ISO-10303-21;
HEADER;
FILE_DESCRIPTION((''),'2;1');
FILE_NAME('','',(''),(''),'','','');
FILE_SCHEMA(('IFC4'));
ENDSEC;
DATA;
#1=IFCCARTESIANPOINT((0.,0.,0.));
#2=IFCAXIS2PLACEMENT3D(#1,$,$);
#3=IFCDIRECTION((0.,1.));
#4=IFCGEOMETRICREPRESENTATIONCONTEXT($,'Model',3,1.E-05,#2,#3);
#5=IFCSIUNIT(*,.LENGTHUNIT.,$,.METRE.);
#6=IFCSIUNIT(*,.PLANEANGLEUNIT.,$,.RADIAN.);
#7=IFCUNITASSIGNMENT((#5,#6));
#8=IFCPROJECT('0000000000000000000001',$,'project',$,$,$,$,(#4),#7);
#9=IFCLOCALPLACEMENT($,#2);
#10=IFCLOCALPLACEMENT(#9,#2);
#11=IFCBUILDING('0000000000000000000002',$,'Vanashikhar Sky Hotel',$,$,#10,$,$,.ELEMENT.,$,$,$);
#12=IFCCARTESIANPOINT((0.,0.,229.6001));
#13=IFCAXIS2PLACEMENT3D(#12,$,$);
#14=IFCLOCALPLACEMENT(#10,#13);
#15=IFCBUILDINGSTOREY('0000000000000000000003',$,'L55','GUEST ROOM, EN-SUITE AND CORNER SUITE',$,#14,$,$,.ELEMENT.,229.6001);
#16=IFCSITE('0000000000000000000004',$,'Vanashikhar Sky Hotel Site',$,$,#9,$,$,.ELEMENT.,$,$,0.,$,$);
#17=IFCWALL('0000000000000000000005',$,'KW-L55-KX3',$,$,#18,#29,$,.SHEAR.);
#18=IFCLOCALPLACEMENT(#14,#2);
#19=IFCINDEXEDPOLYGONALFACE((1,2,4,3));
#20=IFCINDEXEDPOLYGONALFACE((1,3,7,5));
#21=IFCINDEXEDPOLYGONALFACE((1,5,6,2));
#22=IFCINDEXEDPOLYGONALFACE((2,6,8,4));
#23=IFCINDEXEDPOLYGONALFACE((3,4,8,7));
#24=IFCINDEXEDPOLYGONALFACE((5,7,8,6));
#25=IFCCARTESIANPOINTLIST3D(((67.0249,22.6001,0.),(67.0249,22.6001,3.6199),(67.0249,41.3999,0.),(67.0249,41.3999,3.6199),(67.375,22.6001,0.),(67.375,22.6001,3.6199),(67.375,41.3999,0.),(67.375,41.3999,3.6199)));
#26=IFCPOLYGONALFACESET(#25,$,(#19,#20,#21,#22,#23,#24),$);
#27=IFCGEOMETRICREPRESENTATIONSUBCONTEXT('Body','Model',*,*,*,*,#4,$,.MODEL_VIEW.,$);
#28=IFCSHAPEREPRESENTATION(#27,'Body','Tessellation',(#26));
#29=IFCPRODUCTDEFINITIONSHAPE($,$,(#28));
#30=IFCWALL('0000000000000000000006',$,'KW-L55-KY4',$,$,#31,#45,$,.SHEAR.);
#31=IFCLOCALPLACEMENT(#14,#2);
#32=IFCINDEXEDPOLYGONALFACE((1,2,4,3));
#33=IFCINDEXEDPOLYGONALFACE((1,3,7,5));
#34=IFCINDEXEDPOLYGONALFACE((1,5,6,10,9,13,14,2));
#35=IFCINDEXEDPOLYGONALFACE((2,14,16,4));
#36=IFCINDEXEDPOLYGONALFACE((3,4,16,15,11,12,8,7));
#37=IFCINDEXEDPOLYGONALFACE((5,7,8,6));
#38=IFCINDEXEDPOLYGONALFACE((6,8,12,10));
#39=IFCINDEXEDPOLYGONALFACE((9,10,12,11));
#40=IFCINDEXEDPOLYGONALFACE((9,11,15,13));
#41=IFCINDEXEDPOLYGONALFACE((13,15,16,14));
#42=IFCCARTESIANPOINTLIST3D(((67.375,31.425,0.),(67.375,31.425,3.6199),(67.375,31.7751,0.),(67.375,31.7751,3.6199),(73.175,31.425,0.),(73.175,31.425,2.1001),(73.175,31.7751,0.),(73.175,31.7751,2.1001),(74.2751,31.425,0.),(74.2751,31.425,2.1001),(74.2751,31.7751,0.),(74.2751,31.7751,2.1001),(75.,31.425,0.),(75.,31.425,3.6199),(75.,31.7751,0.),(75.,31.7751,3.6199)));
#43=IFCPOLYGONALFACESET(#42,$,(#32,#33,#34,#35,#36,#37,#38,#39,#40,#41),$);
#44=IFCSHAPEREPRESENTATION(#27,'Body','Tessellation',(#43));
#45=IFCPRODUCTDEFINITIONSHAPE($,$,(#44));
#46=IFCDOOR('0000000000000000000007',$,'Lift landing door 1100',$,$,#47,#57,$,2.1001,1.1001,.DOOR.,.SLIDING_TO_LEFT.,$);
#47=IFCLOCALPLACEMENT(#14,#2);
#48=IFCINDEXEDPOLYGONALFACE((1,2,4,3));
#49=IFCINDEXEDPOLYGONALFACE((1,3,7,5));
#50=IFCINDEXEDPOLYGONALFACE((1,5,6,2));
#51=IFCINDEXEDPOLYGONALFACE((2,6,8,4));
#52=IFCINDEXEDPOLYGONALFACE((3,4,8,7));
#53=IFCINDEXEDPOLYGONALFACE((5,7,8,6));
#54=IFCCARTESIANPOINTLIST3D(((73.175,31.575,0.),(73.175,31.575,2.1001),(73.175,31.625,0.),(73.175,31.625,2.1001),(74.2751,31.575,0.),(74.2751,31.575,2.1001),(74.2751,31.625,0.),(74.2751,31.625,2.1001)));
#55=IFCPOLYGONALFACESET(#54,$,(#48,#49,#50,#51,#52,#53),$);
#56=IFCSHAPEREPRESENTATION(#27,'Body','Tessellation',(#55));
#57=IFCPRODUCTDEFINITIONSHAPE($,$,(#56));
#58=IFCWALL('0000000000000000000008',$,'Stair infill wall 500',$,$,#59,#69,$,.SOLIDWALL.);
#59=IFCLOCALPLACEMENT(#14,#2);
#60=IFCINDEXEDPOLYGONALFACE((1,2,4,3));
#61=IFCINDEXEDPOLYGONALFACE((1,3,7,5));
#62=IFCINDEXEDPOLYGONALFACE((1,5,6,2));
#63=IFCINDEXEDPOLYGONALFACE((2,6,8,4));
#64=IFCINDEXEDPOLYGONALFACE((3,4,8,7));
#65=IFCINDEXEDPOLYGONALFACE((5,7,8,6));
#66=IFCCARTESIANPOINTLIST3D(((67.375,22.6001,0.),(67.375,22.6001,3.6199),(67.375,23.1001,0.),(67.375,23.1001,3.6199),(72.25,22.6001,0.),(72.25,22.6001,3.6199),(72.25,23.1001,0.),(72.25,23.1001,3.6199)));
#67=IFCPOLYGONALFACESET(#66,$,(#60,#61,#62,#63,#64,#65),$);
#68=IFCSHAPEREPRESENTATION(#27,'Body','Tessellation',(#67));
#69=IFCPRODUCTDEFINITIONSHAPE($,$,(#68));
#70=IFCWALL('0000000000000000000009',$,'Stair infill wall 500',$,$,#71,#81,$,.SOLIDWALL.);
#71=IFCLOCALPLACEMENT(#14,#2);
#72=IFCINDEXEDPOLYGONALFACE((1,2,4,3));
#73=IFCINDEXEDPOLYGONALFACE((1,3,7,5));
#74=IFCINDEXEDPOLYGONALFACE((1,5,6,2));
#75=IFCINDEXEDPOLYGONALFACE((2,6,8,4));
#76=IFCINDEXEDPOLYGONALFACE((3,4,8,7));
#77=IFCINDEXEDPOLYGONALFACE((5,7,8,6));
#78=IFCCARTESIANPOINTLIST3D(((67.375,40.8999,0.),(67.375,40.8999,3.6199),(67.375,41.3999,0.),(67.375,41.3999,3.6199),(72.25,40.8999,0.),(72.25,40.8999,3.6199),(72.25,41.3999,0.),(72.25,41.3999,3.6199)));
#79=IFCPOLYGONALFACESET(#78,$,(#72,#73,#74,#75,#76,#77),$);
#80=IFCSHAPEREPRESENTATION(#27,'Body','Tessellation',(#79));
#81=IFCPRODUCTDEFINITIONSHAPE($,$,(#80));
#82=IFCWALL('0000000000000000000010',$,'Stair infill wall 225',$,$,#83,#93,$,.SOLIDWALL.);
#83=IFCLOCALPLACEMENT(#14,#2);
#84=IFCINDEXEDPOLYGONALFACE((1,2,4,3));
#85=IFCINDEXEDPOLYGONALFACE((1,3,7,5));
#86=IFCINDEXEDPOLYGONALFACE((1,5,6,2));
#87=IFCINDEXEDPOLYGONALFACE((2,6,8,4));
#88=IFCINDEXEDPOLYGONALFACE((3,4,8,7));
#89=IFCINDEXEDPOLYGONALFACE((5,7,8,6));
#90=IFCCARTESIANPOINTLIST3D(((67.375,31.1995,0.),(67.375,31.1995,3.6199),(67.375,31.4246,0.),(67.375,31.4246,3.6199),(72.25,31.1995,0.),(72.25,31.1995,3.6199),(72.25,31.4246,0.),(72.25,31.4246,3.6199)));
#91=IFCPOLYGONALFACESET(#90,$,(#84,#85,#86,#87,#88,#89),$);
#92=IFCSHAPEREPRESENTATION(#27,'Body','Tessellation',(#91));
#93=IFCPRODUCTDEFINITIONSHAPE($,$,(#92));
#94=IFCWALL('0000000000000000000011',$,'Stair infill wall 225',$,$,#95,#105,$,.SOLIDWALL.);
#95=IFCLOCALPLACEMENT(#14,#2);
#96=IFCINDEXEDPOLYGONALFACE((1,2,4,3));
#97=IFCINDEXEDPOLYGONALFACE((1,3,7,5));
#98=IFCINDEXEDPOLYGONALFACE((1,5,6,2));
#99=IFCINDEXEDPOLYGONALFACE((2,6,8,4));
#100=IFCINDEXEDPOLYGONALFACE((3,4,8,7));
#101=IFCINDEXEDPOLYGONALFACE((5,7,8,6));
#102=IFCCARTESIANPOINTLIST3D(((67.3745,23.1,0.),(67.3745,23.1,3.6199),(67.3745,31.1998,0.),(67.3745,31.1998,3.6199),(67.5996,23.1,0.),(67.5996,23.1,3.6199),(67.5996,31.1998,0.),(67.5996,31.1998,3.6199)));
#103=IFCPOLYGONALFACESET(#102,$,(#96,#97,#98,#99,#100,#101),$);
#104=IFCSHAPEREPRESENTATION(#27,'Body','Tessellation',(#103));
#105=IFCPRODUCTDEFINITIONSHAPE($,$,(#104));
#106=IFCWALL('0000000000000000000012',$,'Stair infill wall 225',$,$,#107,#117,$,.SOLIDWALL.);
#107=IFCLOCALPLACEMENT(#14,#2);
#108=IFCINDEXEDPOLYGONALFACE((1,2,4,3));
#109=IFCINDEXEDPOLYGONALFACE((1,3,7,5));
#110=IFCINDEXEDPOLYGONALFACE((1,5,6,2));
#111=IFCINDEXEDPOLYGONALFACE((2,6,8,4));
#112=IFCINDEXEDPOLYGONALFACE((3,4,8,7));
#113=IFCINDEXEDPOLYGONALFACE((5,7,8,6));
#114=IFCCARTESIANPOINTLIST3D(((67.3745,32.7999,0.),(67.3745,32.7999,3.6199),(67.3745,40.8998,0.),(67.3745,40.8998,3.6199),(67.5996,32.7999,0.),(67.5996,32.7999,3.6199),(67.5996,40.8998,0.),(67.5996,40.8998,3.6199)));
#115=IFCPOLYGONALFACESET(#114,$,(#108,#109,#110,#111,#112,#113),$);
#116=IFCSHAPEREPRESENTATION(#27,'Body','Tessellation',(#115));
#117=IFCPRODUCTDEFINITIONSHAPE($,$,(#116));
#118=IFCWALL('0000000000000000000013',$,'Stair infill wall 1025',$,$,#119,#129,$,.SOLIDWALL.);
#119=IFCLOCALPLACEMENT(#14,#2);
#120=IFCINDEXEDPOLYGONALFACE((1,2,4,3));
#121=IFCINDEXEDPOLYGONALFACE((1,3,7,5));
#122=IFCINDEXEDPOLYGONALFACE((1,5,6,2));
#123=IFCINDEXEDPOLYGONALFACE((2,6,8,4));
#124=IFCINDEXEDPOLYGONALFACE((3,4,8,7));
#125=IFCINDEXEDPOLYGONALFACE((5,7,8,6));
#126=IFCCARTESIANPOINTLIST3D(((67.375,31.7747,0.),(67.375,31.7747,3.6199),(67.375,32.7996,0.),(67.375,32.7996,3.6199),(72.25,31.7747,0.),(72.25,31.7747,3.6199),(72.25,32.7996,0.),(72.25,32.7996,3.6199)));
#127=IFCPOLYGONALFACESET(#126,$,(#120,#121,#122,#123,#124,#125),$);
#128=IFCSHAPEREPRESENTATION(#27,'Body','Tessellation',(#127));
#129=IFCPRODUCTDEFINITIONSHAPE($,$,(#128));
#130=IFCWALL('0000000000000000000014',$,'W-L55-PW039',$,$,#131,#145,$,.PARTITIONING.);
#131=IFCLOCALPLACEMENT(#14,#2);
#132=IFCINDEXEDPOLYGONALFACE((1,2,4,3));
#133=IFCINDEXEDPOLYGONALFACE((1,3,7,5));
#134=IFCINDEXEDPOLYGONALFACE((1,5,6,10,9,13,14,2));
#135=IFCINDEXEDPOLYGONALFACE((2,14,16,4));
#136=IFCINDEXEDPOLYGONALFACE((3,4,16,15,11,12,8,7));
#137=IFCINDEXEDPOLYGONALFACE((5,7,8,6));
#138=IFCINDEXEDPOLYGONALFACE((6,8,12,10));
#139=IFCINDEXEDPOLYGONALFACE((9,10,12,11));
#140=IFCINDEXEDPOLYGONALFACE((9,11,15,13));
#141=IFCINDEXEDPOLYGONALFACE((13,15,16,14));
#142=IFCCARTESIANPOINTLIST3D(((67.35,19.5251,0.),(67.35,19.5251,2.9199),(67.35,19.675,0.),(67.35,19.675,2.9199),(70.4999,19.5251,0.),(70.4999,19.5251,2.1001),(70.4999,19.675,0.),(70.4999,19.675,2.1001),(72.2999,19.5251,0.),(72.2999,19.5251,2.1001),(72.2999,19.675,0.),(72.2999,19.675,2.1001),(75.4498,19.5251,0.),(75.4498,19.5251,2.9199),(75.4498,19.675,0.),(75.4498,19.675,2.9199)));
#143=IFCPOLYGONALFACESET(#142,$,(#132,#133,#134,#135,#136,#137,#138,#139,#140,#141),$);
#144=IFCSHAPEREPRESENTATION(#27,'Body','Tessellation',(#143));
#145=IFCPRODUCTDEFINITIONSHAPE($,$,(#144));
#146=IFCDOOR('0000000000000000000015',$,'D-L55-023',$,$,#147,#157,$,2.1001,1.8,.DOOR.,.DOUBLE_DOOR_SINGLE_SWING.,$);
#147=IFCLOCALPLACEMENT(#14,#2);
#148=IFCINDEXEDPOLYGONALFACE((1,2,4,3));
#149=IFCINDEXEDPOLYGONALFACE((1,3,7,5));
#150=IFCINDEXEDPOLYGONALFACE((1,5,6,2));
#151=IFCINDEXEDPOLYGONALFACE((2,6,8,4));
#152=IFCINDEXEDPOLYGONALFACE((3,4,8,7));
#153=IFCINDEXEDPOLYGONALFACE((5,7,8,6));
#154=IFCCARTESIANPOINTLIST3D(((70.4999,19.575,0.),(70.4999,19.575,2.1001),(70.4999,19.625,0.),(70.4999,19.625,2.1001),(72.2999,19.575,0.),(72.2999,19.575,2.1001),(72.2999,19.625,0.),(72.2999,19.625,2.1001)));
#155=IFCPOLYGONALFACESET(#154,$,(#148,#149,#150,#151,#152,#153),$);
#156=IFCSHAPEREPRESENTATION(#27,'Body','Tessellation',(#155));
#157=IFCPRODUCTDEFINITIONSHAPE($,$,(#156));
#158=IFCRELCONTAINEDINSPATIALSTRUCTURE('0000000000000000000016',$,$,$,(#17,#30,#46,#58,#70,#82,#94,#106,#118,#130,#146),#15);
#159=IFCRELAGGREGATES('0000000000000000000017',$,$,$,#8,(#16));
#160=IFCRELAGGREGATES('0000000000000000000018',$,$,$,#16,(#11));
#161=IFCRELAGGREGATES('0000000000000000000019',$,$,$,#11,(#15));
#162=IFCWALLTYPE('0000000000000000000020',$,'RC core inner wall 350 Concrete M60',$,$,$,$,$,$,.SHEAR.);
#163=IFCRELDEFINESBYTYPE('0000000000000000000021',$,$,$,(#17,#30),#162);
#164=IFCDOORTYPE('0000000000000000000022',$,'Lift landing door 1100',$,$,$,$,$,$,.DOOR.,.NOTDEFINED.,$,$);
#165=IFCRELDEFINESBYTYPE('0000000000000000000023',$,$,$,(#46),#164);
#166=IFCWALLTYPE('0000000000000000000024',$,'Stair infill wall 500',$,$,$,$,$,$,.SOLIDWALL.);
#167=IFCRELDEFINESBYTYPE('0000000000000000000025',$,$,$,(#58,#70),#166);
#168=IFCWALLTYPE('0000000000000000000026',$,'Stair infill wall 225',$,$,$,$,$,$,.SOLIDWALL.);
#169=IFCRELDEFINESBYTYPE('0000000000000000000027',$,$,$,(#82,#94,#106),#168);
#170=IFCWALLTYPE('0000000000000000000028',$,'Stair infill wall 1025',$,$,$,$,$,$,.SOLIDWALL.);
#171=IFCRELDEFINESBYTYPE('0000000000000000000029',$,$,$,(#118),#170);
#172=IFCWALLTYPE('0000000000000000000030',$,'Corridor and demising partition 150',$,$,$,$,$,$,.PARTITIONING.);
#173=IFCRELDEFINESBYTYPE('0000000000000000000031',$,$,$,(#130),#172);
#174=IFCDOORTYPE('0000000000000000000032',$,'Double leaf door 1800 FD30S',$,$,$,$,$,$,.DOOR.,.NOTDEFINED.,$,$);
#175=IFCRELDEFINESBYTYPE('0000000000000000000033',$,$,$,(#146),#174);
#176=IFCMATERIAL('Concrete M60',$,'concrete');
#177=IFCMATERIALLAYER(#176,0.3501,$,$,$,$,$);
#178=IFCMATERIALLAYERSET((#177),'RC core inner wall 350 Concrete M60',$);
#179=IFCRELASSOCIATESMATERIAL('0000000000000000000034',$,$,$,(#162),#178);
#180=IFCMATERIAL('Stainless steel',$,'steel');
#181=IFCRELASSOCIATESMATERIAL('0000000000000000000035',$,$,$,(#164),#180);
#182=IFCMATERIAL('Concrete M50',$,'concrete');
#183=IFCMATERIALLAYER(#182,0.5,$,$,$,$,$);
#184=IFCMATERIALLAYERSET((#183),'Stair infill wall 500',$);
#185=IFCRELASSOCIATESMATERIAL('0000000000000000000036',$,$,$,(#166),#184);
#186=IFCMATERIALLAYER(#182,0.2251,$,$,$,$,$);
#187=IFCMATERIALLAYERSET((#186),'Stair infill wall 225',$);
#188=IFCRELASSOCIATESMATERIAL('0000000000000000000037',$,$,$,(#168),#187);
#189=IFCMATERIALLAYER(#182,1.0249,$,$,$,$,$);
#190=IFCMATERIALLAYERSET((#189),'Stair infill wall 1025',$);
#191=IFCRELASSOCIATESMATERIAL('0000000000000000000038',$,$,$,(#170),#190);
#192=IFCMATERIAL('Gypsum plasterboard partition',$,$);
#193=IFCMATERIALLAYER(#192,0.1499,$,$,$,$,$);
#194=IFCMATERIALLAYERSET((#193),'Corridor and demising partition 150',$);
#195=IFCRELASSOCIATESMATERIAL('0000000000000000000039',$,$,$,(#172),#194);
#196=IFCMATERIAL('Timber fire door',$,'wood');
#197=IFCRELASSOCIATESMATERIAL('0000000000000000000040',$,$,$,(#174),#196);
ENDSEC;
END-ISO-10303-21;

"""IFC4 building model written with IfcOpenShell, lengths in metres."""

from ifc_helpers import new_model, si_unit, direction, frame, frame_2d, origin, place, context, subcontext, project, spatial, rectangle, extrude, source, transform, mapped, material, layer, layer_set, type_object, element, fill, save


model = new_model("IFC4")

# Units and contexts
model_context = context("Model", 3, precision=1e-05, world=origin(), true_north=direction((0.0, 1.0)))
body_context = subcontext(model_context, "Body", "Model", "MODEL_VIEW")
ifc_project = project(units=[si_unit("LENGTHUNIT", "METRE"), si_unit("PLANEANGLEUNIT", "RADIAN")], contexts=[model_context])

# Site, building, storey
site_placement = place(None, origin())
site = spatial("IfcSite", under=ifc_project, at=site_placement, Name="Vanashikhar Sky Hotel Site", CompositionType="ELEMENT", RefElevation=0.0)
building_placement = place(site_placement, origin())
building = spatial("IfcBuilding", under=site, at=building_placement, Name="Vanashikhar Sky Hotel", CompositionType="ELEMENT")
storey_placement = place(building_placement, frame((0.0, 0.0, 229.6001)))
storey = spatial("IfcBuildingStorey", under=building, at=storey_placement, Name="L55", Description="GUEST ROOM, EN-SUITE AND CORNER SUITE", CompositionType="ELEMENT", Elevation=229.6001)

# Wall
ifc_material_1 = material(Name="Concrete M60", Category="concrete")
ifc_layer_1 = layer(ifc_material_1, 0.3501)
ifc_layer_set_1 = layer_set([ifc_layer_1], Name="RC core inner wall 350 Concrete M60")
wall_type_1 = type_object("IfcWallType", Name="RC core inner wall 350 Concrete M60", PredefinedType="SHEAR", material=ifc_layer_set_1)
shared_shape_1 = source(origin(), body_context, "Body", "SweptSolid", [
    extrude(rectangle(XDim=18.7998, YDim=0.3501, at=frame_2d((9.3999, 0.0))), origin(), (0.0, 0.0, 1.0), 3.6199),
])
wall_1_placement = place(storey_placement, frame((67.2, 22.6001, 0.0), z_axis=(0.0, 0.0, 1.0), x_axis=(0.0, 1.0, 0.0)))
element("IfcWall", 1, at=wall_1_placement, inside=storey, type_object=wall_type_1, Name="KW-L55-KX3", PredefinedType="SHEAR", context=body_context, shape_type="MappedRepresentation", body=[
    mapped(shared_shape_1, transform((0.0, 0.0, 0.0), scale=1.0)),
])

# Wall, opening, door
shared_shape_2 = source(origin(), body_context, "Body", "SweptSolid", [
    extrude(rectangle(XDim=7.625, YDim=0.3501, at=frame_2d((3.8125, 0.0))), origin(), (0.0, 0.0, 1.0), 3.6199),
])
wall_2_placement = place(storey_placement, frame((67.375, 31.6001, 0.0), z_axis=(0.0, 0.0, 1.0), x_axis=(1.0, 0.0, 0.0)))
wall_2 = element("IfcWall", 2, at=wall_2_placement, inside=storey, type_object=wall_type_1, Name="KW-L55-KY4", PredefinedType="SHEAR", context=body_context, shape_type="MappedRepresentation", body=[
    mapped(shared_shape_2, transform((0.0, 0.0, 0.0), scale=1.0)),
])
shared_shape_3 = source(origin(), body_context, "Body", "SweptSolid", [
    extrude(rectangle(XDim=1.1001, YDim=2.1001, at=frame_2d((0.55, 1.05))), frame((0.0, 0.1851, 0.0), z_axis=(0.0, -1.0, 0.0), x_axis=(1.0, 0.0, 0.0)), (0.0, 0.0, 1.0), 0.3701),
])
opening_1_placement = place(wall_2_placement, frame((5.8, 0.0, 0.0)))
opening_1 = element("IfcOpeningElement", 3, at=opening_1_placement, cuts=wall_2, PredefinedType="OPENING", context=body_context, shape_type="MappedRepresentation", body=[
    mapped(shared_shape_3, transform((0.0, 0.0, 0.0), scale=1.0)),
])
ifc_material_2 = material(Name="Stainless steel", Category="steel")
door_type_1 = type_object("IfcDoorType", Name="Lift landing door 1100", OperationType="NOTDEFINED", PredefinedType="DOOR", material=ifc_material_2)
shared_shape_4 = source(origin(), body_context, "Body", "SweptSolid", [
    extrude(rectangle(XDim=1.1001, YDim=2.1001, at=frame_2d((0.55, 1.05))), frame((0.0, 0.0249, 0.0), z_axis=(0.0, -1.0, 0.0), x_axis=(1.0, 0.0, 0.0)), (0.0, 0.0, 1.0), 0.05),
])
door_1_placement = place(opening_1_placement, origin())
door_1 = element("IfcDoor", 4, at=door_1_placement, inside=storey, type_object=door_type_1, Name="Lift landing door 1100", OperationType="SLIDING_TO_LEFT", OverallHeight=2.1001, OverallWidth=1.1001, PredefinedType="DOOR", context=body_context, shape_type="MappedRepresentation", body=[
    mapped(shared_shape_4, transform((0.0, 0.0, 0.0), scale=1.0)),
])
fill(opening_1, door_1)

# Walls
ifc_material_3 = material(Name="Concrete M50", Category="concrete")
ifc_layer_2 = layer(ifc_material_3, 0.5)
ifc_layer_set_2 = layer_set([ifc_layer_2], Name="Stair infill wall 500")
wall_type_2 = type_object("IfcWallType", Name="Stair infill wall 500", PredefinedType="SOLIDWALL", material=ifc_layer_set_2)
shared_shape_5 = source(origin(), body_context, "Body", "SweptSolid", [
    extrude(rectangle(XDim=4.875, YDim=0.5, at=frame_2d((2.4375, 0.0))), origin(), (0.0, 0.0, 1.0), 3.6199),
])
for number, where, z_axis, x_axis, name in (
    (5, (67.375, 22.8501, 0.0), (0.0, 0.0, 1.0), (1.0, 0.0, 0.0), "Stair infill wall 500"),
    (6, (67.375, 41.1499, 0.0), (0.0, 0.0, 1.0), (1.0, 0.0, 0.0), "Stair infill wall 500"),
):
    element("IfcWall", number, at=place(storey_placement, frame(where, z_axis=z_axis, x_axis=x_axis)), inside=storey, type_object=wall_type_2, Name=name, PredefinedType="SOLIDWALL", context=body_context, shape_type="MappedRepresentation", body=[
        mapped(shared_shape_5, transform((0.0, 0.0, 0.0), scale=1.0)),
    ])
ifc_layer_3 = layer(ifc_material_3, 0.2251)
ifc_layer_set_3 = layer_set([ifc_layer_3], Name="Stair infill wall 225")
wall_type_3 = type_object("IfcWallType", Name="Stair infill wall 225", PredefinedType="SOLIDWALL", material=ifc_layer_set_3)
shared_shape_6 = source(origin(), body_context, "Body", "SweptSolid", [
    extrude(rectangle(XDim=4.875, YDim=0.2251, at=frame_2d((2.4375, 0.0))), origin(), (0.0, 0.0, 1.0), 3.6199),
])
wall_3_placement = place(storey_placement, frame((67.375, 31.312, 0.0), z_axis=(0.0, 0.0, 1.0), x_axis=(1.0, 0.0, 0.0)))
element("IfcWall", 7, at=wall_3_placement, inside=storey, type_object=wall_type_3, Name="Stair infill wall 225", PredefinedType="SOLIDWALL", context=body_context, shape_type="MappedRepresentation", body=[
    mapped(shared_shape_6, transform((0.0, 0.0, 0.0), scale=1.0)),
])
shared_shape_7 = source(origin(), body_context, "Body", "SweptSolid", [
    extrude(rectangle(XDim=8.0999, YDim=0.2251, at=frame_2d((4.0498, 0.0))), origin(), (0.0, 0.0, 1.0), 3.6199),
])
for number, where, z_axis, x_axis, name in (
    (8, (67.4871, 23.1001, 0.0), (0.0, 0.0, 1.0), (0.0, 1.0, 0.0), "Stair infill wall 225"),
    (9, (67.4871, 32.8, 0.0), (0.0, 0.0, 1.0), (0.0, 1.0, 0.0), "Stair infill wall 225"),
):
    element("IfcWall", number, at=place(storey_placement, frame(where, z_axis=z_axis, x_axis=x_axis)), inside=storey, type_object=wall_type_3, Name=name, PredefinedType="SOLIDWALL", context=body_context, shape_type="MappedRepresentation", body=[
        mapped(shared_shape_7, transform((0.0, 0.0, 0.0), scale=1.0)),
    ])
ifc_layer_4 = layer(ifc_material_3, 1.0249)
ifc_layer_set_4 = layer_set([ifc_layer_4], Name="Stair infill wall 1025")
wall_type_4 = type_object("IfcWallType", Name="Stair infill wall 1025", PredefinedType="SOLIDWALL", material=ifc_layer_set_4)
shared_shape_8 = source(origin(), body_context, "Body", "SweptSolid", [
    extrude(rectangle(XDim=4.875, YDim=1.0249, at=frame_2d((2.4375, 0.0))), origin(), (0.0, 0.0, 1.0), 3.6199),
])
wall_4_placement = place(storey_placement, frame((67.375, 32.2871, 0.0), z_axis=(0.0, 0.0, 1.0), x_axis=(1.0, 0.0, 0.0)))
element("IfcWall", 10, at=wall_4_placement, inside=storey, type_object=wall_type_4, Name="Stair infill wall 1025", PredefinedType="SOLIDWALL", context=body_context, shape_type="MappedRepresentation", body=[
    mapped(shared_shape_8, transform((0.0, 0.0, 0.0), scale=1.0)),
])

# Wall, opening, door
ifc_material_4 = material(Name="Gypsum plasterboard partition")
ifc_layer_5 = layer(ifc_material_4, 0.1499)
ifc_layer_set_5 = layer_set([ifc_layer_5], Name="Corridor and demising partition 150")
wall_type_5 = type_object("IfcWallType", Name="Corridor and demising partition 150", PredefinedType="PARTITIONING", material=ifc_layer_set_5)
shared_shape_9 = source(origin(), body_context, "Body", "SweptSolid", [
    extrude(rectangle(XDim=8.0999, YDim=0.1499, at=frame_2d((4.0498, 0.0))), origin(), (0.0, 0.0, 1.0), 2.9199),
])
wall_5_placement = place(storey_placement, frame((67.3501, 19.6001, 0.0), z_axis=(0.0, 0.0, 1.0), x_axis=(1.0, 0.0, 0.0)))
wall_5 = element("IfcWall", 11, at=wall_5_placement, inside=storey, type_object=wall_type_5, Name="W-L55-PW039", PredefinedType="PARTITIONING", context=body_context, shape_type="MappedRepresentation", body=[
    mapped(shared_shape_9, transform((0.0, 0.0, 0.0), scale=1.0)),
])
shared_shape_10 = source(origin(), body_context, "Body", "SweptSolid", [
    extrude(rectangle(XDim=1.8, YDim=2.1001, at=frame_2d((0.8999, 1.05))), frame((0.0, 0.085, 0.0), z_axis=(0.0, -1.0, 0.0), x_axis=(1.0, 0.0, 0.0)), (0.0, 0.0, 1.0), 0.1699),
])
opening_2_placement = place(wall_5_placement, frame((3.1499, 0.0, 0.0)))
opening_2 = element("IfcOpeningElement", 12, at=opening_2_placement, cuts=wall_5, PredefinedType="OPENING", context=body_context, shape_type="MappedRepresentation", body=[
    mapped(shared_shape_10, transform((0.0, 0.0, 0.0), scale=1.0)),
])
ifc_material_5 = material(Name="Timber fire door", Category="wood")
door_type_2 = type_object("IfcDoorType", Name="Double leaf door 1800 FD30S", OperationType="NOTDEFINED", PredefinedType="DOOR", material=ifc_material_5)
shared_shape_11 = source(origin(), body_context, "Body", "SweptSolid", [
    extrude(rectangle(XDim=1.8, YDim=2.1001, at=frame_2d((0.8999, 1.05))), frame((0.0, 0.0249, 0.0), z_axis=(0.0, -1.0, 0.0), x_axis=(1.0, 0.0, 0.0)), (0.0, 0.0, 1.0), 0.05),
])
door_2_placement = place(opening_2_placement, origin())
door_2 = element("IfcDoor", 13, at=door_2_placement, inside=storey, type_object=door_type_2, Name="D-L55-023", OperationType="DOUBLE_DOOR_SINGLE_SWING", OverallHeight=2.1001, OverallWidth=1.8, PredefinedType="DOOR", context=body_context, shape_type="MappedRepresentation", body=[
    mapped(shared_shape_11, transform((0.0, 0.0, 0.0), scale=1.0)),
])
fill(opening_2, door_2)

save(model, "model.ifc")
